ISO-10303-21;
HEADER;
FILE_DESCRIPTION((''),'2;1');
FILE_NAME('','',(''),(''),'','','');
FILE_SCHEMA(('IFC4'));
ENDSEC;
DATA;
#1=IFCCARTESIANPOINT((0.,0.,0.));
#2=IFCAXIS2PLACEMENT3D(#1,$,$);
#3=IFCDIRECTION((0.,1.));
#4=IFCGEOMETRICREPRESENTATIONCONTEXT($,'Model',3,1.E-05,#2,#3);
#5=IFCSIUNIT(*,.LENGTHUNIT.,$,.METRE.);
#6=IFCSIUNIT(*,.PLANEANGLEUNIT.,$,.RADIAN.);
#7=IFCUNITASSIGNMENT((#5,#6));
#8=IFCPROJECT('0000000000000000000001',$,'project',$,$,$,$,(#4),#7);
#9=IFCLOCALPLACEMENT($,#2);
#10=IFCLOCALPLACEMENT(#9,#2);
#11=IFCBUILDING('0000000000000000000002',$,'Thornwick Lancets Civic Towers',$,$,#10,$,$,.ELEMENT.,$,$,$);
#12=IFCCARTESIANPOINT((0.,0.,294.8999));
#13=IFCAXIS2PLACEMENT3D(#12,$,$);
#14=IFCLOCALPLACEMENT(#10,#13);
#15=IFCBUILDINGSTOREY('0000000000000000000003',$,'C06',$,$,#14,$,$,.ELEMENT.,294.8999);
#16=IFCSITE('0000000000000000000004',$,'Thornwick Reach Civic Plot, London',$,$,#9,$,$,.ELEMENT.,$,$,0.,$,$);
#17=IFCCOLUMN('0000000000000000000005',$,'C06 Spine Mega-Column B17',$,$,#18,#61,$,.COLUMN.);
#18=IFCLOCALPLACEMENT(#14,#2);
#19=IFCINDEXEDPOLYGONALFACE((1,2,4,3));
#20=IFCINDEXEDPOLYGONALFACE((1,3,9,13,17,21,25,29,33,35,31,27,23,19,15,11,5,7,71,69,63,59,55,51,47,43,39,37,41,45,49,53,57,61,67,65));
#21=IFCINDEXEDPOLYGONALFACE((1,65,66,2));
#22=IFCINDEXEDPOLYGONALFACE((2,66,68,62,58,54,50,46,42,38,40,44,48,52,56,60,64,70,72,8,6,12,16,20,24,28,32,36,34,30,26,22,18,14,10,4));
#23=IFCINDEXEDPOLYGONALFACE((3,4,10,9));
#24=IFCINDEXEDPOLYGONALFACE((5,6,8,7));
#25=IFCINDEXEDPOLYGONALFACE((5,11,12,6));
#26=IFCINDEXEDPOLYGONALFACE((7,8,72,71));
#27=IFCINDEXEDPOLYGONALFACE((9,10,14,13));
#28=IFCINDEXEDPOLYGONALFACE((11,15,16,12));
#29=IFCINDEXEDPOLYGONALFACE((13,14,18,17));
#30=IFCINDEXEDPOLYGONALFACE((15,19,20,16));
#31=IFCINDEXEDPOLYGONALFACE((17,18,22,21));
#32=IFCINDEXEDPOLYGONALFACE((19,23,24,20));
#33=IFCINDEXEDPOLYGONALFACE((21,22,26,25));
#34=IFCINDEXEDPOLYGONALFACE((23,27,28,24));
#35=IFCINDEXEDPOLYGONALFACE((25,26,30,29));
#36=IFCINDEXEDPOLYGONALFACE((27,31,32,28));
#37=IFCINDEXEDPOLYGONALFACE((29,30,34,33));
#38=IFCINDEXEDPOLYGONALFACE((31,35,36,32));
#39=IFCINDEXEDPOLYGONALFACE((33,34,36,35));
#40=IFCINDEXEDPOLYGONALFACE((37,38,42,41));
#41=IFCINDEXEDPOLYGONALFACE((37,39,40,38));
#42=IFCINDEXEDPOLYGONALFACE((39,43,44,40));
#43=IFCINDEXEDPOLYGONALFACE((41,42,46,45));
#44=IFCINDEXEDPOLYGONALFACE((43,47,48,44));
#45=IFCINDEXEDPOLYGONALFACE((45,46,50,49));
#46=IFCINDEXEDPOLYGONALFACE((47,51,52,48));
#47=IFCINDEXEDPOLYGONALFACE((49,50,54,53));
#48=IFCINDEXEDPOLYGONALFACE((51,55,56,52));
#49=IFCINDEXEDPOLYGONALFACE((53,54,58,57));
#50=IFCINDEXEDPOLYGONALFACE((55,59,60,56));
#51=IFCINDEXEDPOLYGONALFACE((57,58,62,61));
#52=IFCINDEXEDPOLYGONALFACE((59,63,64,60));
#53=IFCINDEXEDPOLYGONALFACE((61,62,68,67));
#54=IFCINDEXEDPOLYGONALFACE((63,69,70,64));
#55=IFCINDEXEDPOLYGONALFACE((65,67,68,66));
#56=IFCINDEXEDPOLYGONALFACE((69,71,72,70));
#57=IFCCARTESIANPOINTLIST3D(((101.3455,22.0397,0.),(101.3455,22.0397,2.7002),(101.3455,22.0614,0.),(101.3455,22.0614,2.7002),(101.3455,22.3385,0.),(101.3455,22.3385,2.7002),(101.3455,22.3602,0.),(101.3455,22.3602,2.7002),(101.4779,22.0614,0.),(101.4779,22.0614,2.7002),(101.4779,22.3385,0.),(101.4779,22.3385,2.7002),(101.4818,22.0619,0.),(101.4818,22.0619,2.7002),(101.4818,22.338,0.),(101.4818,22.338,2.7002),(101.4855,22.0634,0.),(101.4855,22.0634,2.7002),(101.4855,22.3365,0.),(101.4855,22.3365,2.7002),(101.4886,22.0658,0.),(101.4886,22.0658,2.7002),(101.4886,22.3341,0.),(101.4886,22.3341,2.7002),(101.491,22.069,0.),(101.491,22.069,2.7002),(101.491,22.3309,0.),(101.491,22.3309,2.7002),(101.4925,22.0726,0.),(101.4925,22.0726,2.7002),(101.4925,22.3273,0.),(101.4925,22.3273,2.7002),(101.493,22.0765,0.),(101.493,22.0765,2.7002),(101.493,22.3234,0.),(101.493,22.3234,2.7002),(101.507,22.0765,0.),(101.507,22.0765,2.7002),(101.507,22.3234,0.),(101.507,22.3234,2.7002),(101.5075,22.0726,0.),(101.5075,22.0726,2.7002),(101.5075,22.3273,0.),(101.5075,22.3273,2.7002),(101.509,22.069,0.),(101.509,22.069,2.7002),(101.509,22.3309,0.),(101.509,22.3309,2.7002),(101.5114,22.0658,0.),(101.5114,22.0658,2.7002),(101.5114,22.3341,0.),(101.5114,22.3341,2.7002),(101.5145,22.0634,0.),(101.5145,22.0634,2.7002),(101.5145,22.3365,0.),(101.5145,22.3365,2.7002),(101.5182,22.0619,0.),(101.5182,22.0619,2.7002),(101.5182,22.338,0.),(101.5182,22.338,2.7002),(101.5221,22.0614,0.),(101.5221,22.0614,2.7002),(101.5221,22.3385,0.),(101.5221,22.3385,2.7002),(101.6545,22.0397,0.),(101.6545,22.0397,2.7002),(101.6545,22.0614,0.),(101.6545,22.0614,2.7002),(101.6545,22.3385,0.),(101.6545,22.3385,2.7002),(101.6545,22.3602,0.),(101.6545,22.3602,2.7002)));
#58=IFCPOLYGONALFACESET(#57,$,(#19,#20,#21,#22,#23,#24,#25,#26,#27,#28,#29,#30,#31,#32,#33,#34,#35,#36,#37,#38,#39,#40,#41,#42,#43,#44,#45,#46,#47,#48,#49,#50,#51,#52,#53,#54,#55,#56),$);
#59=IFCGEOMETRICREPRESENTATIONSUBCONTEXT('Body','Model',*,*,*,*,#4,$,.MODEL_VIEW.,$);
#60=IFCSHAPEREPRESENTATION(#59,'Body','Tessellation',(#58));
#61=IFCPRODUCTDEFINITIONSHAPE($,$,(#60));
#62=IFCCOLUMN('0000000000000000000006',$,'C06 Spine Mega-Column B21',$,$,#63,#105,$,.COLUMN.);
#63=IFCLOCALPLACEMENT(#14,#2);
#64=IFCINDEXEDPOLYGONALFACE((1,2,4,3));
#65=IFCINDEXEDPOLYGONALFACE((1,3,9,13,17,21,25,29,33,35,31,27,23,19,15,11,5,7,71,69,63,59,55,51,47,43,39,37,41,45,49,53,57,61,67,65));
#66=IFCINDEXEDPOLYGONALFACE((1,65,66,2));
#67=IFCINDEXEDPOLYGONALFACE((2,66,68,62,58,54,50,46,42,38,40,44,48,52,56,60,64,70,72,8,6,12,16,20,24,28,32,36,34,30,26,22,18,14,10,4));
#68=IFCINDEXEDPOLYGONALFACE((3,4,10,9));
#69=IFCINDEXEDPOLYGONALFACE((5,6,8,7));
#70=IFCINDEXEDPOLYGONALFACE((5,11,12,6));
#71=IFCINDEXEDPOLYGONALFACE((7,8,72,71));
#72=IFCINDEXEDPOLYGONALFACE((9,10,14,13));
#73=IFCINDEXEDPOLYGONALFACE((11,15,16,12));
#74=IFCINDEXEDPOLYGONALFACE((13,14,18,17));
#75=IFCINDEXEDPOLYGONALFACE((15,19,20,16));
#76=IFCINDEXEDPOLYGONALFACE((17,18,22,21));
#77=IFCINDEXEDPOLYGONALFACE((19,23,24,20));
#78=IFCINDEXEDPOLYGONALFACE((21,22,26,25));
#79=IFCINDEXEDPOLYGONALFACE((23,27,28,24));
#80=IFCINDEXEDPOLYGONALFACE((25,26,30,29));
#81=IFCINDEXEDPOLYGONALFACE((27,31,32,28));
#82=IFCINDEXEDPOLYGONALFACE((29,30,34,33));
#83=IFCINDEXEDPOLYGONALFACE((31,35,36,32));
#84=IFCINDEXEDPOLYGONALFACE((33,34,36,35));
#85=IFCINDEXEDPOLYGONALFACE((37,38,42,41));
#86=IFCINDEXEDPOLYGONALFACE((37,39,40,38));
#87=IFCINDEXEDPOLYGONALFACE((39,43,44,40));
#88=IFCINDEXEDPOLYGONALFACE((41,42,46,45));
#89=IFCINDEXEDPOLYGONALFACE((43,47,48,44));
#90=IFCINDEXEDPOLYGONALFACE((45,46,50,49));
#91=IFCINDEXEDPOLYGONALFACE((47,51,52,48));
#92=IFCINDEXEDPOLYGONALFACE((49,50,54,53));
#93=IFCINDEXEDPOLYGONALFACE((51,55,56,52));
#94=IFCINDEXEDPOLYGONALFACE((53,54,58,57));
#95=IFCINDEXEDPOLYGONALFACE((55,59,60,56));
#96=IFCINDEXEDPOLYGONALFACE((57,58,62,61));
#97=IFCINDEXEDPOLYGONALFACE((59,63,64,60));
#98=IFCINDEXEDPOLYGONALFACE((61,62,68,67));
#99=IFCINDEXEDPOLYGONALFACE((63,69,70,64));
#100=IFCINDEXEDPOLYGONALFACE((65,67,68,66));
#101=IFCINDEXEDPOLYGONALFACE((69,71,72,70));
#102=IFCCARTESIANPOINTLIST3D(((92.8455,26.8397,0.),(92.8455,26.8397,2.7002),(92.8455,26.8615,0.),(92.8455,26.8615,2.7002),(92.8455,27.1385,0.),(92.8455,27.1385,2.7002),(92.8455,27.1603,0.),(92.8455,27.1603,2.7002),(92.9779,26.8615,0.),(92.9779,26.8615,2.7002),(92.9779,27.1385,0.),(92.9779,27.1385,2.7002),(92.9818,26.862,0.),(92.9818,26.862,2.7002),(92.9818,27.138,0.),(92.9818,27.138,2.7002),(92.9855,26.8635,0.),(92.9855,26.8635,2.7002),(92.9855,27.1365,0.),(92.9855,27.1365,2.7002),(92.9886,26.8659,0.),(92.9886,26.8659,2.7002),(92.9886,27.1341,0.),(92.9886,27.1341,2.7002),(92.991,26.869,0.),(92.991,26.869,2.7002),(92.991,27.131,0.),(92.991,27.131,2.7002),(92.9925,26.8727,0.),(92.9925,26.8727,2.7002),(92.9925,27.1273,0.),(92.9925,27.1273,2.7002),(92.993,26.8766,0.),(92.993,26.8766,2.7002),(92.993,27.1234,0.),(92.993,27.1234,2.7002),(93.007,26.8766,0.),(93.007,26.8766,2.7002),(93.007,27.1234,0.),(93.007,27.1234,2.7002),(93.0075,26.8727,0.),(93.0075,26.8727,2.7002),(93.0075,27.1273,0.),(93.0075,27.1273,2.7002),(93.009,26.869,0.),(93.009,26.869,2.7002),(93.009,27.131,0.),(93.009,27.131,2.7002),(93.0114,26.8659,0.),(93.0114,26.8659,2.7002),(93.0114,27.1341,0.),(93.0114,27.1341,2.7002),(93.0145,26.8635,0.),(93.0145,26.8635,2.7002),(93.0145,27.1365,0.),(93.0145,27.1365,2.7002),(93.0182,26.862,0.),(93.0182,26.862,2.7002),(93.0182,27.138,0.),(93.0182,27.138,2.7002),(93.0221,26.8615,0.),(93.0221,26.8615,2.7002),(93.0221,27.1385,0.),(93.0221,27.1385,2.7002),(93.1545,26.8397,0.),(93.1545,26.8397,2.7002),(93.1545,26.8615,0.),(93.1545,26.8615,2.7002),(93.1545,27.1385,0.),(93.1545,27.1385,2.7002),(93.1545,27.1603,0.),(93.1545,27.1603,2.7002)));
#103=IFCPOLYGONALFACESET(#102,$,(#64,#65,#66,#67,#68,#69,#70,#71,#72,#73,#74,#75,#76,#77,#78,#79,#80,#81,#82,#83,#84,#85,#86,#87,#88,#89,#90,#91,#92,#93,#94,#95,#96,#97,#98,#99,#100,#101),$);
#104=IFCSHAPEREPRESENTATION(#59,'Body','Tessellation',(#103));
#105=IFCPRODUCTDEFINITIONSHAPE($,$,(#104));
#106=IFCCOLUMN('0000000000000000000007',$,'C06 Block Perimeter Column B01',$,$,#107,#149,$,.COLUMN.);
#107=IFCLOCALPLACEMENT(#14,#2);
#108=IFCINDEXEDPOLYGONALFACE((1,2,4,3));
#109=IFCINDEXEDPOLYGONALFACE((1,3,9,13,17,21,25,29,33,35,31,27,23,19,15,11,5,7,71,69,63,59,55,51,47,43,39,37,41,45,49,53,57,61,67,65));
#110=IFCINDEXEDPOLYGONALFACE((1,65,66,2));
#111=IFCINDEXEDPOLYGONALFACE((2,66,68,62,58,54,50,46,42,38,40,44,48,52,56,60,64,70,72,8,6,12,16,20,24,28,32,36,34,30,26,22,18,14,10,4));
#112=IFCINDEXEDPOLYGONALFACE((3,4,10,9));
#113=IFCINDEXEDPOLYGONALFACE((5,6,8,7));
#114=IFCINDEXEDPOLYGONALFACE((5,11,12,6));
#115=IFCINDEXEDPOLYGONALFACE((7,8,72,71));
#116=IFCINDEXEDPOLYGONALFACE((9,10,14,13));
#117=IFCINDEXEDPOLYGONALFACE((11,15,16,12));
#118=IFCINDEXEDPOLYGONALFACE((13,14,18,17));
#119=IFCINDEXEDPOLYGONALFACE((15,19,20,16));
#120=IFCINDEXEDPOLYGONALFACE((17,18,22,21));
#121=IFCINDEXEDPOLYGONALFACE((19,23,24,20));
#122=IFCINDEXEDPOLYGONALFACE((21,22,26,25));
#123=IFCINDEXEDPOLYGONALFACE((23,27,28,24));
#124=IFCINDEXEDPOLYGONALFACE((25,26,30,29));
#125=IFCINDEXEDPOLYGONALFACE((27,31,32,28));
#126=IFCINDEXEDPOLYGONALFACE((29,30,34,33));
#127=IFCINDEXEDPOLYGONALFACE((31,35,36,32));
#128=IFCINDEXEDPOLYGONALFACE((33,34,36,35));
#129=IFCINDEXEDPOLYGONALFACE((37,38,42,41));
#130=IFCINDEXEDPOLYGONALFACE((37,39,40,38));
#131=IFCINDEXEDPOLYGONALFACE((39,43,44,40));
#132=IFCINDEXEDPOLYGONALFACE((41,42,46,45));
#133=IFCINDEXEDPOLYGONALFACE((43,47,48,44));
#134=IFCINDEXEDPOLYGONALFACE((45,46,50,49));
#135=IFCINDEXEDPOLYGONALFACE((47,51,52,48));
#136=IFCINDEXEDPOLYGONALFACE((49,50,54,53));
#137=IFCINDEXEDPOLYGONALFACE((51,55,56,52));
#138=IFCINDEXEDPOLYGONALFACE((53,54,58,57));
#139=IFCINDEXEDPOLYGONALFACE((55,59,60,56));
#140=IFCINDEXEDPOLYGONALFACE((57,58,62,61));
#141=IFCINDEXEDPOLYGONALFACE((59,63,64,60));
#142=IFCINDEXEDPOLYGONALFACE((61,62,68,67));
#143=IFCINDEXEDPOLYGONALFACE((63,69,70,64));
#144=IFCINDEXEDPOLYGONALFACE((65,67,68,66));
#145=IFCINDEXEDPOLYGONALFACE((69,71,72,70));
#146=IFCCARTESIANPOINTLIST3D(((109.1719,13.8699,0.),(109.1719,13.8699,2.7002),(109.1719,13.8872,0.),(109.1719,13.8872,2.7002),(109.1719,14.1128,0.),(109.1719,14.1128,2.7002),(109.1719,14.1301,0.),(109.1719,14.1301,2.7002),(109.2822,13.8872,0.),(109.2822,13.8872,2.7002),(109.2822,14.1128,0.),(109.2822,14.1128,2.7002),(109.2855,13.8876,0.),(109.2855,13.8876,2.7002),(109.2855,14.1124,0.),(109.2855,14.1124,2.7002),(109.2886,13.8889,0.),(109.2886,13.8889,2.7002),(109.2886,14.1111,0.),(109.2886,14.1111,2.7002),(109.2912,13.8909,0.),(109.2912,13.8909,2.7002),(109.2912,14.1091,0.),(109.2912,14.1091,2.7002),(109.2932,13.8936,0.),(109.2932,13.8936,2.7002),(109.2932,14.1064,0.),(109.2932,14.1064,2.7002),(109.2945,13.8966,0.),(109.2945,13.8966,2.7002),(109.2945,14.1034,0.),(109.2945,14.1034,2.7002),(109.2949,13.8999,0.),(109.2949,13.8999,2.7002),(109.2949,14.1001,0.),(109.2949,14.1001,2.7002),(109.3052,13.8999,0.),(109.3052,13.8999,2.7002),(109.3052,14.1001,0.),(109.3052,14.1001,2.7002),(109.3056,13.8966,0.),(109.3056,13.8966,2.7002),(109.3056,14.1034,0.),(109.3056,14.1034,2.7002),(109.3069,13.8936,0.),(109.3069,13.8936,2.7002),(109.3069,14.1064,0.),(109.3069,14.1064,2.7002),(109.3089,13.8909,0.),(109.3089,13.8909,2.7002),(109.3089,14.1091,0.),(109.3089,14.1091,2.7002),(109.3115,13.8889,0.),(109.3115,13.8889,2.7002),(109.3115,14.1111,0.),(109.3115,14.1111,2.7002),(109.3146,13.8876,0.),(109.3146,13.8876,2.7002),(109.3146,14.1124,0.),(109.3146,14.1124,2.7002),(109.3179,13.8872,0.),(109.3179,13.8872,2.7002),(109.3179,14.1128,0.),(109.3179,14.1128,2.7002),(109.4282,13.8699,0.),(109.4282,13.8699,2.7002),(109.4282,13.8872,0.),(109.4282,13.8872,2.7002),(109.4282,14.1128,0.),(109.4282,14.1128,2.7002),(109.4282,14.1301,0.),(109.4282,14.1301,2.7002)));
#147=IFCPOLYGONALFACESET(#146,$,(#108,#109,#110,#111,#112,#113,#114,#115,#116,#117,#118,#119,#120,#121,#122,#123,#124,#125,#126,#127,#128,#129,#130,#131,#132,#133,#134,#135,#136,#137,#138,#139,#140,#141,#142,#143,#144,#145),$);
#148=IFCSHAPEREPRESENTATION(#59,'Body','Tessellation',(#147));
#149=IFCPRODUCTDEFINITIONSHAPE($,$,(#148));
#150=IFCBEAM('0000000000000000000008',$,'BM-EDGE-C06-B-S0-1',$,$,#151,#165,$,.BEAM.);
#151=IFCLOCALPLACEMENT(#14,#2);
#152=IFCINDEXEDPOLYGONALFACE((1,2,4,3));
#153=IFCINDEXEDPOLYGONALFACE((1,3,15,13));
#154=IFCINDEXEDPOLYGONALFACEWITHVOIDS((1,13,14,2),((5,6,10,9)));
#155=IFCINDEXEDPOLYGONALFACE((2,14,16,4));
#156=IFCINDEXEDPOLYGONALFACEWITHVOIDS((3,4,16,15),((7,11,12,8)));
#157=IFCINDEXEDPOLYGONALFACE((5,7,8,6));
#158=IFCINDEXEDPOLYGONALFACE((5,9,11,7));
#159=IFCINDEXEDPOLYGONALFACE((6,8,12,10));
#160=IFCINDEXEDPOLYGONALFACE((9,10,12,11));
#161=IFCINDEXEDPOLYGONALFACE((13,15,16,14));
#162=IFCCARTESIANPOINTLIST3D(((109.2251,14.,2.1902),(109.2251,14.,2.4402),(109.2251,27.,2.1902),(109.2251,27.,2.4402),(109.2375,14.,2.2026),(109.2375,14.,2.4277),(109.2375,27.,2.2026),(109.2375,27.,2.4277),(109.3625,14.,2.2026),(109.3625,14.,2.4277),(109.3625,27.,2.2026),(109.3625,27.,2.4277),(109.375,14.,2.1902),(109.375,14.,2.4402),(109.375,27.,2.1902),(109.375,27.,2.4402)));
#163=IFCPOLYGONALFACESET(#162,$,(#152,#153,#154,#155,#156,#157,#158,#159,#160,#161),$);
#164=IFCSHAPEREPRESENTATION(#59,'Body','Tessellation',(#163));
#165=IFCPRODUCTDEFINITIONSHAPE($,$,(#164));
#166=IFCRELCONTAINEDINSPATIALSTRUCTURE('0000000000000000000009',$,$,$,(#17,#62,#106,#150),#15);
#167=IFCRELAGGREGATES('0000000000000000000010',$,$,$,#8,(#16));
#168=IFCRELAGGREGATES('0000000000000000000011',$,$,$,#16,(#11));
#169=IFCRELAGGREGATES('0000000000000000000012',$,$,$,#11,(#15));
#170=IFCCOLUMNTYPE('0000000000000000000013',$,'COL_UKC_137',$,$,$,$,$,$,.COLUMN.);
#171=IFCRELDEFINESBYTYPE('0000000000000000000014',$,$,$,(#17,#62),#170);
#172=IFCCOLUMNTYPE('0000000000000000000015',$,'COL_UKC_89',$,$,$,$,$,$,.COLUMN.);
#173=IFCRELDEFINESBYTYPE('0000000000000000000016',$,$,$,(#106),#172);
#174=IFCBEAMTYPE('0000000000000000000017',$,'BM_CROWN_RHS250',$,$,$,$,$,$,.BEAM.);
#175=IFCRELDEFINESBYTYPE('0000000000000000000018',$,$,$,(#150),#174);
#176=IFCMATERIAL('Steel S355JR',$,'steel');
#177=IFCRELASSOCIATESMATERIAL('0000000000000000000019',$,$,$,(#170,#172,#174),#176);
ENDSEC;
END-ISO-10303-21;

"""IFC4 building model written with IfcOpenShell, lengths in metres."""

from ifc_helpers import new_model, si_unit, direction, frame, origin, origin_2d, place, context, subcontext, project, spatial, hollow_rectangle, i_section, extrude, material, material_profile, profile_set, type_object, element, save


model = new_model("IFC4")

# Units and contexts
model_context = context("Model", 3, precision=1e-05, world=origin(), true_north=direction((0.0, 1.0)))
body_context = subcontext(model_context, "Body", "Model", "MODEL_VIEW")
ifc_project = project(units=[si_unit("LENGTHUNIT", "METRE"), si_unit("PLANEANGLEUNIT", "RADIAN")], contexts=[model_context])

# Site, building, storey
site_placement = place(None, origin())
site = spatial("IfcSite", under=ifc_project, at=site_placement, Name="Thornwick Reach Civic Plot, London", CompositionType="ELEMENT", RefElevation=0.0)
building_placement = place(site_placement, origin())
building = spatial("IfcBuilding", under=site, at=building_placement, Name="Thornwick Lancets Civic Towers", CompositionType="ELEMENT")
storey_placement = place(building_placement, frame((0.0, 0.0, 294.8999)))
storey = spatial("IfcBuildingStorey", under=building, at=storey_placement, Name="C06", CompositionType="ELEMENT", Elevation=294.8999)

# Columns
ifc_material_1 = material(Name="Steel S355JR", Category="steel")
ifc_material_profile_1 = material_profile(ifc_material_1, i_section(OverallWidth=0.3091, OverallDepth=0.3206, WebThickness=0.0139, FlangeThickness=0.0217, FilletRadius=0.0151, at=origin_2d()), Name="UKC 305x305x137")
ifc_profile_set_1 = profile_set([ifc_material_profile_1], Name="Steel S355JR")
column_type_1 = type_object("IfcColumnType", Name="COL_UKC_137", PredefinedType="COLUMN", material=ifc_profile_set_1)
for number, where, z_axis, x_axis, name in (
    (1, (101.5, 22.2, 0.0), (0.0, 0.0, 1.0), (1.0, 0.0, 0.0), "C06 Spine Mega-Column B17"),
    (2, (93.0, 27.0, 0.0), (0.0, 0.0, 1.0), (1.0, 0.0, 0.0), "C06 Spine Mega-Column B21"),
):
    element("IfcColumn", number, at=place(storey_placement, frame(where, z_axis=z_axis, x_axis=x_axis)), inside=storey, type_object=column_type_1, Name=name, PredefinedType="COLUMN", context=body_context, shape_type="SweptSolid", body=[
        extrude(i_section(OverallWidth=0.3091, OverallDepth=0.3206, WebThickness=0.0139, FlangeThickness=0.0217, FilletRadius=0.0151, at=origin_2d()), origin(), (0.0, 0.0, 1.0), 2.7002),
    ])
ifc_material_profile_2 = material_profile(ifc_material_1, i_section(OverallWidth=0.2563, OverallDepth=0.2603, WebThickness=0.0103, FlangeThickness=0.0173, FilletRadius=0.0127, at=origin_2d()), Name="UKC 254x254x89")
ifc_profile_set_2 = profile_set([ifc_material_profile_2], Name="Steel S355JR")
column_type_2 = type_object("IfcColumnType", Name="COL_UKC_89", PredefinedType="COLUMN", material=ifc_profile_set_2)
column_placement = place(storey_placement, frame((109.3, 14.0, 0.0), z_axis=(0.0, 0.0, 1.0), x_axis=(1.0, 0.0, 0.0)))
element("IfcColumn", 3, at=column_placement, inside=storey, type_object=column_type_2, Name="C06 Block Perimeter Column B01", PredefinedType="COLUMN", context=body_context, shape_type="SweptSolid", body=[
    extrude(i_section(OverallWidth=0.2563, OverallDepth=0.2603, WebThickness=0.0103, FlangeThickness=0.0173, FilletRadius=0.0127, at=origin_2d()), origin(), (0.0, 0.0, 1.0), 2.7002),
])

# Beam
ifc_material_profile_3 = material_profile(ifc_material_1, hollow_rectangle(XDim=0.1499, YDim=0.25, WallThickness=0.0125, at=origin_2d()), Name="RHS 250x150x12.5")
ifc_profile_set_3 = profile_set([ifc_material_profile_3], Name="Steel S355JR")
beam_type_1 = type_object("IfcBeamType", Name="BM_CROWN_RHS250", PredefinedType="BEAM", material=ifc_profile_set_3)
beam_1_placement = place(storey_placement, frame((109.3, 14.0, 2.3152), z_axis=(0.0, 1.0, 0.0), x_axis=(-1.0, 0.0, 0.0)))
element("IfcBeam", 4, at=beam_1_placement, inside=storey, type_object=beam_type_1, Name="BM-EDGE-C06-B-S0-1", PredefinedType="BEAM", context=body_context, shape_type="SweptSolid", body=[
    extrude(hollow_rectangle(XDim=0.1499, YDim=0.25, WallThickness=0.0125, at=origin_2d()), origin(), (0.0, 0.0, 1.0), 13.0),
])

save(model, "model.ifc")
